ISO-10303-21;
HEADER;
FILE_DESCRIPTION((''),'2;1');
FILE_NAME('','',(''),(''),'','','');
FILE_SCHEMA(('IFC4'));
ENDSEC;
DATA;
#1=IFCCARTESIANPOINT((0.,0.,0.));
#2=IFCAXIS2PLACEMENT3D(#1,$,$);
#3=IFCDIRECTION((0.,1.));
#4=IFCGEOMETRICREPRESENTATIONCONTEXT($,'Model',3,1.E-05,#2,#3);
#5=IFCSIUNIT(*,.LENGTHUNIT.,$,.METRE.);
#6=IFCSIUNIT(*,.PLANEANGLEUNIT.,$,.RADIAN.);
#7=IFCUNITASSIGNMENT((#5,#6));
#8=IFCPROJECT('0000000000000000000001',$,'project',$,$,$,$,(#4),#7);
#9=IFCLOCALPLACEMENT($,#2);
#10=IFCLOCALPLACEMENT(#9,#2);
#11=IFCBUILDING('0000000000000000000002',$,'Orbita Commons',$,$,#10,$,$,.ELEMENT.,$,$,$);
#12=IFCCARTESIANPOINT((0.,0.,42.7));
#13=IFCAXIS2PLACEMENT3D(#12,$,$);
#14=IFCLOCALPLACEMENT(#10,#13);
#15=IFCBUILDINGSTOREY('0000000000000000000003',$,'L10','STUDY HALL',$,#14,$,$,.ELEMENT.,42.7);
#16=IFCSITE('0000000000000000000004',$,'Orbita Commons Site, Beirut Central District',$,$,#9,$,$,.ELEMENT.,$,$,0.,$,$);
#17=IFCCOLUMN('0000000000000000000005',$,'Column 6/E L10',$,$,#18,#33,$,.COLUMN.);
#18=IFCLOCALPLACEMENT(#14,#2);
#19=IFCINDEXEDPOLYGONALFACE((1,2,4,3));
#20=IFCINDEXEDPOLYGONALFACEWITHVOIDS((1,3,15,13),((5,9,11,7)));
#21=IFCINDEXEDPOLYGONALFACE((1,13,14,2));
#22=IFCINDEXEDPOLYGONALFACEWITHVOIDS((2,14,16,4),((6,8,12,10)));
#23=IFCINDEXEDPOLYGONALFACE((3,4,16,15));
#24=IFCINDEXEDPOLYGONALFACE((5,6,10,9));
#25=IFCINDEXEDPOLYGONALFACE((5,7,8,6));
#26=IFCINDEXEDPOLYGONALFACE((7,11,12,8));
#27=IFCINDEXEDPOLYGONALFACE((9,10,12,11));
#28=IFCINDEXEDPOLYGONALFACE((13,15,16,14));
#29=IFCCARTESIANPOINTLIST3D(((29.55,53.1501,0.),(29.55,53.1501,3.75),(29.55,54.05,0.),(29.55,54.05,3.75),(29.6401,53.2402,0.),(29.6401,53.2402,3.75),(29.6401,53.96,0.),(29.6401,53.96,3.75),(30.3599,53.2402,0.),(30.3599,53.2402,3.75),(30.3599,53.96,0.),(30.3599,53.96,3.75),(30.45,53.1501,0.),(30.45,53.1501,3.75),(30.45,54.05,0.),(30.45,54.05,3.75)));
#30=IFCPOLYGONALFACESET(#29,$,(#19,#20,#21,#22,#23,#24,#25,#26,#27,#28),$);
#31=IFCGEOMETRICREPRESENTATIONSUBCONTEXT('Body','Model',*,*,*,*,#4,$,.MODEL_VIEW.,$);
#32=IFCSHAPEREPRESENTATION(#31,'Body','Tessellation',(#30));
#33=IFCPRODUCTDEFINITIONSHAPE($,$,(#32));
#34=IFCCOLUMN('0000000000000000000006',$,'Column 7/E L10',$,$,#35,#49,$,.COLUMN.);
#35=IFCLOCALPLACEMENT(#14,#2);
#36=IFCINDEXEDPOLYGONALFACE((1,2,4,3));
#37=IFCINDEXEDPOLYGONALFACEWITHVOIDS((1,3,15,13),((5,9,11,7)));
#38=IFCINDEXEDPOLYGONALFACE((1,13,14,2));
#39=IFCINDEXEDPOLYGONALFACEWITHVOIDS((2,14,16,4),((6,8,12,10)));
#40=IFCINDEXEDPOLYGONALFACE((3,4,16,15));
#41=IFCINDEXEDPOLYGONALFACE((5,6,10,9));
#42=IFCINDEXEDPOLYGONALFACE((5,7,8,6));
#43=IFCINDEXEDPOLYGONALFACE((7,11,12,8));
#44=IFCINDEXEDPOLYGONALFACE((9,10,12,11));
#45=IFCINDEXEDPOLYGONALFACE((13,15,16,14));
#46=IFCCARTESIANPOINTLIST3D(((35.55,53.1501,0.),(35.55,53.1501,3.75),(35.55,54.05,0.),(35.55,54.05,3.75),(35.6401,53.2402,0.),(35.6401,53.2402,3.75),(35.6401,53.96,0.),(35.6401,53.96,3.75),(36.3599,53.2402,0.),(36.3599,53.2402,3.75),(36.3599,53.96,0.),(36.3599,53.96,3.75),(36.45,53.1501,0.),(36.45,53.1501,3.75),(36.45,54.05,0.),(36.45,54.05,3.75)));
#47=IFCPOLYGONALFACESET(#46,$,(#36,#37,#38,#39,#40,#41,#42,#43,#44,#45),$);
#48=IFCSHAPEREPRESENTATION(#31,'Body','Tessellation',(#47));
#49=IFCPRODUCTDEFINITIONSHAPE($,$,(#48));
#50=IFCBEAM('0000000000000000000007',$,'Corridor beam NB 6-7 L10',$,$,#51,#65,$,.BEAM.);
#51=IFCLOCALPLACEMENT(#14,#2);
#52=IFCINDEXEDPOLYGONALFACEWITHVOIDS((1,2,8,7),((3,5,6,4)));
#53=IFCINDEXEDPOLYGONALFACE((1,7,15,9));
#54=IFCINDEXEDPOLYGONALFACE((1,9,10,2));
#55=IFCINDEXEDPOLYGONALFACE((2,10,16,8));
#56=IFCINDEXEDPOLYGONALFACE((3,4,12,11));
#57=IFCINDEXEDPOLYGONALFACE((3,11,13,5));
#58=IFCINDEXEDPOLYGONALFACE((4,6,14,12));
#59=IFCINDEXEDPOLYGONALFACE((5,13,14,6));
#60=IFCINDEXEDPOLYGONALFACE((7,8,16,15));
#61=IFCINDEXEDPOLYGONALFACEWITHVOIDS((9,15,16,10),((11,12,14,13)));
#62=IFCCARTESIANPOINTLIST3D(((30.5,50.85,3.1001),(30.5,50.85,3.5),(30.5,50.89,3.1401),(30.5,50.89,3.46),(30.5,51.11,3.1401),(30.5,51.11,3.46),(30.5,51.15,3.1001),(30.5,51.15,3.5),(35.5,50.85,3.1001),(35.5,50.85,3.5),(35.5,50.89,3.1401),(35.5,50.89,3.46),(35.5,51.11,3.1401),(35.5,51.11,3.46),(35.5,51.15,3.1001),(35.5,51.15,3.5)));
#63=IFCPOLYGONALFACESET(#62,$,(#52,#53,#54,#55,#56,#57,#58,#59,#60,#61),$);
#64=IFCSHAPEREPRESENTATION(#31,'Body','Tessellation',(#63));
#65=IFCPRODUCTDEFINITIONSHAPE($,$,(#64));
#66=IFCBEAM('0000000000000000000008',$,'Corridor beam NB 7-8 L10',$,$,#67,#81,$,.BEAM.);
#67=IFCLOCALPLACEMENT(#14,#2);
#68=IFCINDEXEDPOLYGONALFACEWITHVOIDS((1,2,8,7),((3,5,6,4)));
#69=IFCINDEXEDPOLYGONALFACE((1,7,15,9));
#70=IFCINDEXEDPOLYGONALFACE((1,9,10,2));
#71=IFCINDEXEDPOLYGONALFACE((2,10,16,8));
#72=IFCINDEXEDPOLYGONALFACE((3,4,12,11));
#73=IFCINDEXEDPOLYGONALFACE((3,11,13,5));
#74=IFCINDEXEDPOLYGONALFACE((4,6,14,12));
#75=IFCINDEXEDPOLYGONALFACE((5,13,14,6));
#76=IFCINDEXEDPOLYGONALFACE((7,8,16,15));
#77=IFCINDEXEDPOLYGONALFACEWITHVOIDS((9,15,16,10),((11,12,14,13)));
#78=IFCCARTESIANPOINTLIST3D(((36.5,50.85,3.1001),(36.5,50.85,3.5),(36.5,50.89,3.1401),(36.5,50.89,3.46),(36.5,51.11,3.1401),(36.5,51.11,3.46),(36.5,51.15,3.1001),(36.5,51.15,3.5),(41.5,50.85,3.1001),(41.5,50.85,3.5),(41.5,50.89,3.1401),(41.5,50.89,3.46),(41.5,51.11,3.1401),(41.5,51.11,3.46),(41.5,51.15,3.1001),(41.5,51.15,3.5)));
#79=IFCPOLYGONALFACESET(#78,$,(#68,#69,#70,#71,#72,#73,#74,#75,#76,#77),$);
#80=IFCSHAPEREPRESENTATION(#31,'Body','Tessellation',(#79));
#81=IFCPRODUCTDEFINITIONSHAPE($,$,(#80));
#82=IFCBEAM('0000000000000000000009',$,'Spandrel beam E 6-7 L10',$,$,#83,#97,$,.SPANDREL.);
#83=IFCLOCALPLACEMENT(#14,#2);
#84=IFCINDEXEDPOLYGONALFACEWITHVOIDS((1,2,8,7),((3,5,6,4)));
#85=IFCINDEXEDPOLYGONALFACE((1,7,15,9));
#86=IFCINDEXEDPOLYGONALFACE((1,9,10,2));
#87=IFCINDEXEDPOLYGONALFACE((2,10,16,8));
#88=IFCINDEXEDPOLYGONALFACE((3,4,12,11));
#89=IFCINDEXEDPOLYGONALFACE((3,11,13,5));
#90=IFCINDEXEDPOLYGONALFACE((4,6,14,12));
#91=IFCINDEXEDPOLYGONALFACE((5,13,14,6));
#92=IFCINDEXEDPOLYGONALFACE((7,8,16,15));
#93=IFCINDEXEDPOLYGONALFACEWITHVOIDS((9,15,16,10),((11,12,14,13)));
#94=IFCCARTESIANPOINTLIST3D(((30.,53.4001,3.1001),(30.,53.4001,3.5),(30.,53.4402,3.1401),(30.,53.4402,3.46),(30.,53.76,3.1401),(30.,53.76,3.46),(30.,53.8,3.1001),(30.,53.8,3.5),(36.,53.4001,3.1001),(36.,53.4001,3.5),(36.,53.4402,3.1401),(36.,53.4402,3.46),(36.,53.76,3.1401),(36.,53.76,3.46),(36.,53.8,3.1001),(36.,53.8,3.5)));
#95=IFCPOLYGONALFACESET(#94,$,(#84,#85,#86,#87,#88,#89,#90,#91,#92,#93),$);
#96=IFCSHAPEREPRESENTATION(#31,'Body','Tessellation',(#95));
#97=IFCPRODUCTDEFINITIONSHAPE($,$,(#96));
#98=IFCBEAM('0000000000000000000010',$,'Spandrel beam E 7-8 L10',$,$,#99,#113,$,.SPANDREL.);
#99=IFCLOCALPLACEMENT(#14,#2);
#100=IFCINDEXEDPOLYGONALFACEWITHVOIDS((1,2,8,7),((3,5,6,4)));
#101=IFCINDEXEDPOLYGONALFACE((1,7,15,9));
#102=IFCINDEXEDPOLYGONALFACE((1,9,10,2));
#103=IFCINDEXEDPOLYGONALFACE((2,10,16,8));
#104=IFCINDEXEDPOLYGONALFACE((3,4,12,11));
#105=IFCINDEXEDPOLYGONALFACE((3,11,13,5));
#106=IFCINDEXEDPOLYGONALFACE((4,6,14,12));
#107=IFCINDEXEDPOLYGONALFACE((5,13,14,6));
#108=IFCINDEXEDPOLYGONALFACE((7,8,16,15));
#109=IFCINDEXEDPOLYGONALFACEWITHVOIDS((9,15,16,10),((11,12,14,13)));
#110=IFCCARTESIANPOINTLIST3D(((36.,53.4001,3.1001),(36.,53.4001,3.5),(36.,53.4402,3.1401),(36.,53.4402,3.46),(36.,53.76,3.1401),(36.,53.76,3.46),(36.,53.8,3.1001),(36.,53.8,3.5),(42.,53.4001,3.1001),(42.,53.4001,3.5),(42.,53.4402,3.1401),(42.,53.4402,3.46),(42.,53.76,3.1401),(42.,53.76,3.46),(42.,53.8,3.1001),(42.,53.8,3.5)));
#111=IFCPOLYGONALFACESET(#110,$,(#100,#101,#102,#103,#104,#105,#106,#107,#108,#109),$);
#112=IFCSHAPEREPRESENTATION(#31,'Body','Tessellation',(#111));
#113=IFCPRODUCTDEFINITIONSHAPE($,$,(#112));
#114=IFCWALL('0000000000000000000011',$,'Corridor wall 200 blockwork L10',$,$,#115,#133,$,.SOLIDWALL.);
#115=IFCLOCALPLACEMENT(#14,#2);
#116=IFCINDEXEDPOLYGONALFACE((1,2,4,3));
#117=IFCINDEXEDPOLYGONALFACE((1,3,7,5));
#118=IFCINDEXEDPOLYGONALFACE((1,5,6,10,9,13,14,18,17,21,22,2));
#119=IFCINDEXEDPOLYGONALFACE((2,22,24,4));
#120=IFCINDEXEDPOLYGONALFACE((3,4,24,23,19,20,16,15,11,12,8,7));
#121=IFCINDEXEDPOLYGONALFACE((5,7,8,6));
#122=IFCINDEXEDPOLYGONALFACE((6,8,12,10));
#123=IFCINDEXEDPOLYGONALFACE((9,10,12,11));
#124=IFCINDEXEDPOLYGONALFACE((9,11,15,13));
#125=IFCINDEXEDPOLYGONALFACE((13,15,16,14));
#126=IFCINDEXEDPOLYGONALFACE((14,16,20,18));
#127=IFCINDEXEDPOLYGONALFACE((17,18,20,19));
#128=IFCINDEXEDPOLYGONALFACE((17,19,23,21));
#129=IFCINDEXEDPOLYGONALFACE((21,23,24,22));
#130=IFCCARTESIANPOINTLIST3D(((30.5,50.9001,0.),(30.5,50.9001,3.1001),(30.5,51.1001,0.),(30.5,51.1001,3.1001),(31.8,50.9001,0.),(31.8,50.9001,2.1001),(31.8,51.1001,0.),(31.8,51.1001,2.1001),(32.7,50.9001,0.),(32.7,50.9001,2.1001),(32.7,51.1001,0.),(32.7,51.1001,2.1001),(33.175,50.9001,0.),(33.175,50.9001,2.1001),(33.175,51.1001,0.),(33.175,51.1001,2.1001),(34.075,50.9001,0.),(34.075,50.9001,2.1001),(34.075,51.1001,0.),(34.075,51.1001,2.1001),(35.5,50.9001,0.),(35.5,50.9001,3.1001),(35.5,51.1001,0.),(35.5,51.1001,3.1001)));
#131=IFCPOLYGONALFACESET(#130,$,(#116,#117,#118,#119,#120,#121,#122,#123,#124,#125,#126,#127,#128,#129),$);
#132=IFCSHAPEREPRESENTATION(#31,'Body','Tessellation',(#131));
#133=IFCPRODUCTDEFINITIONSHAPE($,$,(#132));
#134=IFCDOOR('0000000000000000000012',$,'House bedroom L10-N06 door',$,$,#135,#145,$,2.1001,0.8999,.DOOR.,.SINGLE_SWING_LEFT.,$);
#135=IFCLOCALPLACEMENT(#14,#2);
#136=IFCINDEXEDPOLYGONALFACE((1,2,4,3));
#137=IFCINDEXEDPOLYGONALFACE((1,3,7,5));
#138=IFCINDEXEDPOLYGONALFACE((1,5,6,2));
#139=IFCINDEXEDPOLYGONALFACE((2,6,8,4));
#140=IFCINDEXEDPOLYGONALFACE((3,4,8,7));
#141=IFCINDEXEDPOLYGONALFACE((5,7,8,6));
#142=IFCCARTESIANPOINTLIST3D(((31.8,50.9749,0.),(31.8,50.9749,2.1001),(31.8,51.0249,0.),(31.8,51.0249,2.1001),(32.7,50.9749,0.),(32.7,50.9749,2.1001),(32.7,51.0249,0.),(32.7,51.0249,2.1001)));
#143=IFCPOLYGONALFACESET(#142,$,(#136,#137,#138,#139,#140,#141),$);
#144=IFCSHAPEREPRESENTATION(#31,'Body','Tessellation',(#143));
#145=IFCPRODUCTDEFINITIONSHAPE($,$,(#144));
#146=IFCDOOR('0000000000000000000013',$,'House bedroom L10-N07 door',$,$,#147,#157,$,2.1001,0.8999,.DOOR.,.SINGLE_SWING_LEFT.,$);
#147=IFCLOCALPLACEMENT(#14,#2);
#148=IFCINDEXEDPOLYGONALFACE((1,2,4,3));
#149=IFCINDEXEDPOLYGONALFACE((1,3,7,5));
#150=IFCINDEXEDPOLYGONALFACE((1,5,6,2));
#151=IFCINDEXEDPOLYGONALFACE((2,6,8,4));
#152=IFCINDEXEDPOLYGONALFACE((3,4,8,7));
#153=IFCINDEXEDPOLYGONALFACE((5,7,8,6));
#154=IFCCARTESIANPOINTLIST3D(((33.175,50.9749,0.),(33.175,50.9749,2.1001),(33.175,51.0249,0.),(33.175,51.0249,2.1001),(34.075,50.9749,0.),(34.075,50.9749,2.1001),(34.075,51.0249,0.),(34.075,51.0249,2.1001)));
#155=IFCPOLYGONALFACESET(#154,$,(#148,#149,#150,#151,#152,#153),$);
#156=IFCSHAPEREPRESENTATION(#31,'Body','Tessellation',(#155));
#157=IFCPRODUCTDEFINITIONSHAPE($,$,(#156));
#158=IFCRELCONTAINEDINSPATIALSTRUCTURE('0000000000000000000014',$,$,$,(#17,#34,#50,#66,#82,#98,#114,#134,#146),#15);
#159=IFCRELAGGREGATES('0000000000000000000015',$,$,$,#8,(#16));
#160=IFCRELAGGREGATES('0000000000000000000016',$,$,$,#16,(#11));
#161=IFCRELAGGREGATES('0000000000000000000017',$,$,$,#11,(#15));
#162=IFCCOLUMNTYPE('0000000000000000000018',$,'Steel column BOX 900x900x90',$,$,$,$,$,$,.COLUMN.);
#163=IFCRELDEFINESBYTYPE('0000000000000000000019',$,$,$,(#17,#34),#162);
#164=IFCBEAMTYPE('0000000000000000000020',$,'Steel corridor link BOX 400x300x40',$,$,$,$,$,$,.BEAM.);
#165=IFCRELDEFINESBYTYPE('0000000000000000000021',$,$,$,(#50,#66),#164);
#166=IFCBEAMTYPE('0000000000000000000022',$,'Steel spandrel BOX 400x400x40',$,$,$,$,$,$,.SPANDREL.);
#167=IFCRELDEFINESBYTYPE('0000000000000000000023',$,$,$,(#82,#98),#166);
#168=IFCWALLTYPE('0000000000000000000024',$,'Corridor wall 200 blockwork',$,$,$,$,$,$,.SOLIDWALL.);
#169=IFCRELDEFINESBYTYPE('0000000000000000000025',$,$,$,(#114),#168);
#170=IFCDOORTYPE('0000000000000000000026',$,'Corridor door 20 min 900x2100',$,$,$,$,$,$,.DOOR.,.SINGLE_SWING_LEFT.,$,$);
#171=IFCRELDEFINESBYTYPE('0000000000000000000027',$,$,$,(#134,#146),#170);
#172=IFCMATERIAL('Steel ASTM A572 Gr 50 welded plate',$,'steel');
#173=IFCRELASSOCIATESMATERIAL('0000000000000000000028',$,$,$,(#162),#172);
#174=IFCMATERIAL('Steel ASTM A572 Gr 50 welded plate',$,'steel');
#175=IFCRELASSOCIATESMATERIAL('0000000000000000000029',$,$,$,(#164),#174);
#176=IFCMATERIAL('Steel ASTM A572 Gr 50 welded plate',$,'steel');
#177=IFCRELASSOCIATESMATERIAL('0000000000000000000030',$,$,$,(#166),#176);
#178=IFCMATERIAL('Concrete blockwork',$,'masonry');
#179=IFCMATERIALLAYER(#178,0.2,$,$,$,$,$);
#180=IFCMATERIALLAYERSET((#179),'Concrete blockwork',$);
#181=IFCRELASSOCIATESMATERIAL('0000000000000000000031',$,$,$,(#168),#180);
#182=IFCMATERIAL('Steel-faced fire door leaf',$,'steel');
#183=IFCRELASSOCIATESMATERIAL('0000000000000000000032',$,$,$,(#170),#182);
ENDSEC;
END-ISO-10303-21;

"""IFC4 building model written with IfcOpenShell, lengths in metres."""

from ifc_helpers import new_model, si_unit, direction, frame, frame_2d, origin, origin_2d, place, context, subcontext, project, spatial, polyline, rectangle, hollow_rectangle, outline, extrude, material, layer, layer_set, material_profile, profile_set, type_object, element, fill, save


model = new_model("IFC4")

# Units and contexts
model_context = context("Model", 3, precision=1e-05, world=origin(), true_north=direction((0.0, 1.0)))
body_context = subcontext(model_context, "Body", "Model", "MODEL_VIEW")
ifc_project = project(units=[si_unit("LENGTHUNIT", "METRE"), si_unit("PLANEANGLEUNIT", "RADIAN")], contexts=[model_context])

# Site, building, storey
site_placement = place(None, origin())
site = spatial("IfcSite", under=ifc_project, at=site_placement, Name="Orbita Commons Site, Beirut Central District", CompositionType="ELEMENT", RefElevation=0.0)
building_placement = place(site_placement, origin())
building = spatial("IfcBuilding", under=site, at=building_placement, Name="Orbita Commons", CompositionType="ELEMENT")
storey_placement = place(building_placement, frame((0.0, 0.0, 42.7)))
storey = spatial("IfcBuildingStorey", under=building, at=storey_placement, Name="L10", Description="STUDY HALL", CompositionType="ELEMENT", Elevation=42.7)

# Columns
ifc_material_1 = material(Name="Steel ASTM A572 Gr 50 welded plate", Category="steel")
ifc_material_profile_1 = material_profile(ifc_material_1, hollow_rectangle(XDim=0.8999, YDim=0.8999, WallThickness=0.0901, at=origin_2d()), Name="BOX 900x900x90")
ifc_profile_set_1 = profile_set([ifc_material_profile_1], Name="Steel ASTM A572 Gr 50 welded plate")
column_type = type_object("IfcColumnType", Name="Steel column BOX 900x900x90", PredefinedType="COLUMN", material=ifc_profile_set_1)
for number, where, z_axis, x_axis, name in (
    (1, (30.0, 53.6001, 0.0), (0.0, 0.0, 1.0), (1.0, 0.0, 0.0), "Column 6/E L10"),
    (2, (36.0, 53.6001, 0.0), (0.0, 0.0, 1.0), (1.0, 0.0, 0.0), "Column 7/E L10"),
):
    element("IfcColumn", number, at=place(storey_placement, frame(where, z_axis=z_axis, x_axis=x_axis)), inside=storey, type_object=column_type, Name=name, PredefinedType="COLUMN", context=body_context, shape_type="SweptSolid", body=[
        extrude(hollow_rectangle(XDim=0.8999, YDim=0.8999, WallThickness=0.0901, at=origin_2d()), origin(), (0.0, 0.0, 1.0), 3.75),
    ])

# Beams
ifc_material_2 = material(Name="Steel ASTM A572 Gr 50 welded plate", Category="steel")
ifc_material_profile_2 = material_profile(ifc_material_2, hollow_rectangle(XDim=0.3, YDim=0.3999, WallThickness=0.04, at=origin_2d()), Name="BOX 400x300x40")
ifc_profile_set_2 = profile_set([ifc_material_profile_2], Name="Steel ASTM A572 Gr 50 welded plate")
beam_type_1 = type_object("IfcBeamType", Name="Steel corridor link BOX 400x300x40", PredefinedType="BEAM", material=ifc_profile_set_2)
for number, where, z_axis, x_axis, name in (
    (3, (30.5, 51.0, 3.3), (1.0, 0.0, 0.0), (0.0, 1.0, 0.0), "Corridor beam NB 6-7 L10"),
    (4, (36.5, 51.0, 3.3), (1.0, 0.0, 0.0), (0.0, 1.0, 0.0), "Corridor beam NB 7-8 L10"),
):
    element("IfcBeam", number, at=place(storey_placement, frame(where, z_axis=z_axis, x_axis=x_axis)), inside=storey, type_object=beam_type_1, Name=name, PredefinedType="BEAM", context=body_context, shape_type="SweptSolid", body=[
        extrude(hollow_rectangle(XDim=0.3, YDim=0.3999, WallThickness=0.04, at=origin_2d()), origin(), (0.0, 0.0, 1.0), 5.0),
    ])
ifc_material_3 = material(Name="Steel ASTM A572 Gr 50 welded plate", Category="steel")
ifc_material_profile_3 = material_profile(ifc_material_3, hollow_rectangle(XDim=0.3999, YDim=0.3999, WallThickness=0.04, at=origin_2d()), Name="BOX 400x400x40")
ifc_profile_set_3 = profile_set([ifc_material_profile_3], Name="Steel ASTM A572 Gr 50 welded plate")
beam_type_2 = type_object("IfcBeamType", Name="Steel spandrel BOX 400x400x40", PredefinedType="SPANDREL", material=ifc_profile_set_3)
for number, where, z_axis, x_axis, name in (
    (5, (30.0, 53.6001, 3.3), (1.0, 0.0, 0.0), (0.0, 1.0, 0.0), "Spandrel beam E 6-7 L10"),
    (6, (36.0, 53.6001, 3.3), (1.0, 0.0, 0.0), (0.0, 1.0, 0.0), "Spandrel beam E 7-8 L10"),
):
    element("IfcBeam", number, at=place(storey_placement, frame(where, z_axis=z_axis, x_axis=x_axis)), inside=storey, type_object=beam_type_2, Name=name, PredefinedType="SPANDREL", context=body_context, shape_type="SweptSolid", body=[
        extrude(hollow_rectangle(XDim=0.3999, YDim=0.3999, WallThickness=0.04, at=origin_2d()), origin(), (0.0, 0.0, 1.0), 6.0),
    ])

# Wall, openings, doors
ifc_material_4 = material(Name="Concrete blockwork", Category="masonry")
ifc_layer_1 = layer(ifc_material_4, 0.2)
ifc_layer_set_1 = layer_set([ifc_layer_1], Name="Concrete blockwork")
wall_type_1 = type_object("IfcWallType", Name="Corridor wall 200 blockwork", PredefinedType="SOLIDWALL", material=ifc_layer_set_1)
wall_1_placement = place(storey_placement, frame((30.5, 51.0, 0.0), z_axis=(0.0, 0.0, 1.0), x_axis=(1.0, 0.0, 0.0)))
wall_1 = element("IfcWall", 7, at=wall_1_placement, inside=storey, type_object=wall_type_1, Name="Corridor wall 200 blockwork L10", PredefinedType="SOLIDWALL", context=body_context, shape_type="SweptSolid", body=[
    extrude(outline(polyline([(0.0, 0.0), (5.0, 0.0), (5.0, 3.1001), (0.0, 3.1001), (0.0, 0.0)])), frame((0.0, 0.1001, 0.0), z_axis=(0.0, -1.0, 0.0), x_axis=(1.0, 0.0, 0.0)), (0.0, 0.0, 1.0), 0.2),
])
opening_1_placement = place(wall_1_placement, frame((1.3, 0.0, 0.0)))
opening_1 = element("IfcOpeningElement", 8, at=opening_1_placement, cuts=wall_1, PredefinedType="OPENING", context=body_context, shape_type="SweptSolid", body=[
    extrude(rectangle(XDim=0.8999, YDim=2.1001, at=frame_2d((0.45, 1.05))), frame((0.0, 0.1099, 0.0), z_axis=(0.0, -1.0, 0.0), x_axis=(1.0, 0.0, 0.0)), (0.0, 0.0, 1.0), 0.22),
])
opening_2_placement = place(wall_1_placement, frame((2.675, 0.0, 0.0)))
opening_2 = element("IfcOpeningElement", 9, at=opening_2_placement, cuts=wall_1, PredefinedType="OPENING", context=body_context, shape_type="SweptSolid", body=[
    extrude(rectangle(XDim=0.8999, YDim=2.1001, at=frame_2d((0.45, 1.05))), frame((0.0, 0.1099, 0.0), z_axis=(0.0, -1.0, 0.0), x_axis=(1.0, 0.0, 0.0)), (0.0, 0.0, 1.0), 0.22),
])
ifc_material_5 = material(Name="Steel-faced fire door leaf", Category="steel")
door_type_1 = type_object("IfcDoorType", Name="Corridor door 20 min 900x2100", OperationType="SINGLE_SWING_LEFT", PredefinedType="DOOR", material=ifc_material_5)
door_1_placement = place(opening_1_placement, origin())
door_1 = element("IfcDoor", 10, at=door_1_placement, inside=storey, type_object=door_type_1, Name="House bedroom L10-N06 door", OperationType="SINGLE_SWING_LEFT", OverallHeight=2.1001, OverallWidth=0.8999, PredefinedType="DOOR", context=body_context, shape_type="SweptSolid", body=[
    extrude(rectangle(XDim=0.8999, YDim=2.1001, at=frame_2d((0.45, 1.05))), frame((0.0, 0.0249, 0.0), z_axis=(0.0, -1.0, 0.0), x_axis=(1.0, 0.0, 0.0)), (0.0, 0.0, 1.0), 0.05),
])
fill(opening_1, door_1)
door_2_placement = place(opening_2_placement, origin())
door_2 = element("IfcDoor", 11, at=door_2_placement, inside=storey, type_object=door_type_1, Name="House bedroom L10-N07 door", OperationType="SINGLE_SWING_LEFT", OverallHeight=2.1001, OverallWidth=0.8999, PredefinedType="DOOR", context=body_context, shape_type="SweptSolid", body=[
    extrude(rectangle(XDim=0.8999, YDim=2.1001, at=frame_2d((0.45, 1.05))), frame((0.0, 0.0249, 0.0), z_axis=(0.0, -1.0, 0.0), x_axis=(1.0, 0.0, 0.0)), (0.0, 0.0, 1.0), 0.05),
])
fill(opening_2, door_2)

save(model, "model.ifc")
